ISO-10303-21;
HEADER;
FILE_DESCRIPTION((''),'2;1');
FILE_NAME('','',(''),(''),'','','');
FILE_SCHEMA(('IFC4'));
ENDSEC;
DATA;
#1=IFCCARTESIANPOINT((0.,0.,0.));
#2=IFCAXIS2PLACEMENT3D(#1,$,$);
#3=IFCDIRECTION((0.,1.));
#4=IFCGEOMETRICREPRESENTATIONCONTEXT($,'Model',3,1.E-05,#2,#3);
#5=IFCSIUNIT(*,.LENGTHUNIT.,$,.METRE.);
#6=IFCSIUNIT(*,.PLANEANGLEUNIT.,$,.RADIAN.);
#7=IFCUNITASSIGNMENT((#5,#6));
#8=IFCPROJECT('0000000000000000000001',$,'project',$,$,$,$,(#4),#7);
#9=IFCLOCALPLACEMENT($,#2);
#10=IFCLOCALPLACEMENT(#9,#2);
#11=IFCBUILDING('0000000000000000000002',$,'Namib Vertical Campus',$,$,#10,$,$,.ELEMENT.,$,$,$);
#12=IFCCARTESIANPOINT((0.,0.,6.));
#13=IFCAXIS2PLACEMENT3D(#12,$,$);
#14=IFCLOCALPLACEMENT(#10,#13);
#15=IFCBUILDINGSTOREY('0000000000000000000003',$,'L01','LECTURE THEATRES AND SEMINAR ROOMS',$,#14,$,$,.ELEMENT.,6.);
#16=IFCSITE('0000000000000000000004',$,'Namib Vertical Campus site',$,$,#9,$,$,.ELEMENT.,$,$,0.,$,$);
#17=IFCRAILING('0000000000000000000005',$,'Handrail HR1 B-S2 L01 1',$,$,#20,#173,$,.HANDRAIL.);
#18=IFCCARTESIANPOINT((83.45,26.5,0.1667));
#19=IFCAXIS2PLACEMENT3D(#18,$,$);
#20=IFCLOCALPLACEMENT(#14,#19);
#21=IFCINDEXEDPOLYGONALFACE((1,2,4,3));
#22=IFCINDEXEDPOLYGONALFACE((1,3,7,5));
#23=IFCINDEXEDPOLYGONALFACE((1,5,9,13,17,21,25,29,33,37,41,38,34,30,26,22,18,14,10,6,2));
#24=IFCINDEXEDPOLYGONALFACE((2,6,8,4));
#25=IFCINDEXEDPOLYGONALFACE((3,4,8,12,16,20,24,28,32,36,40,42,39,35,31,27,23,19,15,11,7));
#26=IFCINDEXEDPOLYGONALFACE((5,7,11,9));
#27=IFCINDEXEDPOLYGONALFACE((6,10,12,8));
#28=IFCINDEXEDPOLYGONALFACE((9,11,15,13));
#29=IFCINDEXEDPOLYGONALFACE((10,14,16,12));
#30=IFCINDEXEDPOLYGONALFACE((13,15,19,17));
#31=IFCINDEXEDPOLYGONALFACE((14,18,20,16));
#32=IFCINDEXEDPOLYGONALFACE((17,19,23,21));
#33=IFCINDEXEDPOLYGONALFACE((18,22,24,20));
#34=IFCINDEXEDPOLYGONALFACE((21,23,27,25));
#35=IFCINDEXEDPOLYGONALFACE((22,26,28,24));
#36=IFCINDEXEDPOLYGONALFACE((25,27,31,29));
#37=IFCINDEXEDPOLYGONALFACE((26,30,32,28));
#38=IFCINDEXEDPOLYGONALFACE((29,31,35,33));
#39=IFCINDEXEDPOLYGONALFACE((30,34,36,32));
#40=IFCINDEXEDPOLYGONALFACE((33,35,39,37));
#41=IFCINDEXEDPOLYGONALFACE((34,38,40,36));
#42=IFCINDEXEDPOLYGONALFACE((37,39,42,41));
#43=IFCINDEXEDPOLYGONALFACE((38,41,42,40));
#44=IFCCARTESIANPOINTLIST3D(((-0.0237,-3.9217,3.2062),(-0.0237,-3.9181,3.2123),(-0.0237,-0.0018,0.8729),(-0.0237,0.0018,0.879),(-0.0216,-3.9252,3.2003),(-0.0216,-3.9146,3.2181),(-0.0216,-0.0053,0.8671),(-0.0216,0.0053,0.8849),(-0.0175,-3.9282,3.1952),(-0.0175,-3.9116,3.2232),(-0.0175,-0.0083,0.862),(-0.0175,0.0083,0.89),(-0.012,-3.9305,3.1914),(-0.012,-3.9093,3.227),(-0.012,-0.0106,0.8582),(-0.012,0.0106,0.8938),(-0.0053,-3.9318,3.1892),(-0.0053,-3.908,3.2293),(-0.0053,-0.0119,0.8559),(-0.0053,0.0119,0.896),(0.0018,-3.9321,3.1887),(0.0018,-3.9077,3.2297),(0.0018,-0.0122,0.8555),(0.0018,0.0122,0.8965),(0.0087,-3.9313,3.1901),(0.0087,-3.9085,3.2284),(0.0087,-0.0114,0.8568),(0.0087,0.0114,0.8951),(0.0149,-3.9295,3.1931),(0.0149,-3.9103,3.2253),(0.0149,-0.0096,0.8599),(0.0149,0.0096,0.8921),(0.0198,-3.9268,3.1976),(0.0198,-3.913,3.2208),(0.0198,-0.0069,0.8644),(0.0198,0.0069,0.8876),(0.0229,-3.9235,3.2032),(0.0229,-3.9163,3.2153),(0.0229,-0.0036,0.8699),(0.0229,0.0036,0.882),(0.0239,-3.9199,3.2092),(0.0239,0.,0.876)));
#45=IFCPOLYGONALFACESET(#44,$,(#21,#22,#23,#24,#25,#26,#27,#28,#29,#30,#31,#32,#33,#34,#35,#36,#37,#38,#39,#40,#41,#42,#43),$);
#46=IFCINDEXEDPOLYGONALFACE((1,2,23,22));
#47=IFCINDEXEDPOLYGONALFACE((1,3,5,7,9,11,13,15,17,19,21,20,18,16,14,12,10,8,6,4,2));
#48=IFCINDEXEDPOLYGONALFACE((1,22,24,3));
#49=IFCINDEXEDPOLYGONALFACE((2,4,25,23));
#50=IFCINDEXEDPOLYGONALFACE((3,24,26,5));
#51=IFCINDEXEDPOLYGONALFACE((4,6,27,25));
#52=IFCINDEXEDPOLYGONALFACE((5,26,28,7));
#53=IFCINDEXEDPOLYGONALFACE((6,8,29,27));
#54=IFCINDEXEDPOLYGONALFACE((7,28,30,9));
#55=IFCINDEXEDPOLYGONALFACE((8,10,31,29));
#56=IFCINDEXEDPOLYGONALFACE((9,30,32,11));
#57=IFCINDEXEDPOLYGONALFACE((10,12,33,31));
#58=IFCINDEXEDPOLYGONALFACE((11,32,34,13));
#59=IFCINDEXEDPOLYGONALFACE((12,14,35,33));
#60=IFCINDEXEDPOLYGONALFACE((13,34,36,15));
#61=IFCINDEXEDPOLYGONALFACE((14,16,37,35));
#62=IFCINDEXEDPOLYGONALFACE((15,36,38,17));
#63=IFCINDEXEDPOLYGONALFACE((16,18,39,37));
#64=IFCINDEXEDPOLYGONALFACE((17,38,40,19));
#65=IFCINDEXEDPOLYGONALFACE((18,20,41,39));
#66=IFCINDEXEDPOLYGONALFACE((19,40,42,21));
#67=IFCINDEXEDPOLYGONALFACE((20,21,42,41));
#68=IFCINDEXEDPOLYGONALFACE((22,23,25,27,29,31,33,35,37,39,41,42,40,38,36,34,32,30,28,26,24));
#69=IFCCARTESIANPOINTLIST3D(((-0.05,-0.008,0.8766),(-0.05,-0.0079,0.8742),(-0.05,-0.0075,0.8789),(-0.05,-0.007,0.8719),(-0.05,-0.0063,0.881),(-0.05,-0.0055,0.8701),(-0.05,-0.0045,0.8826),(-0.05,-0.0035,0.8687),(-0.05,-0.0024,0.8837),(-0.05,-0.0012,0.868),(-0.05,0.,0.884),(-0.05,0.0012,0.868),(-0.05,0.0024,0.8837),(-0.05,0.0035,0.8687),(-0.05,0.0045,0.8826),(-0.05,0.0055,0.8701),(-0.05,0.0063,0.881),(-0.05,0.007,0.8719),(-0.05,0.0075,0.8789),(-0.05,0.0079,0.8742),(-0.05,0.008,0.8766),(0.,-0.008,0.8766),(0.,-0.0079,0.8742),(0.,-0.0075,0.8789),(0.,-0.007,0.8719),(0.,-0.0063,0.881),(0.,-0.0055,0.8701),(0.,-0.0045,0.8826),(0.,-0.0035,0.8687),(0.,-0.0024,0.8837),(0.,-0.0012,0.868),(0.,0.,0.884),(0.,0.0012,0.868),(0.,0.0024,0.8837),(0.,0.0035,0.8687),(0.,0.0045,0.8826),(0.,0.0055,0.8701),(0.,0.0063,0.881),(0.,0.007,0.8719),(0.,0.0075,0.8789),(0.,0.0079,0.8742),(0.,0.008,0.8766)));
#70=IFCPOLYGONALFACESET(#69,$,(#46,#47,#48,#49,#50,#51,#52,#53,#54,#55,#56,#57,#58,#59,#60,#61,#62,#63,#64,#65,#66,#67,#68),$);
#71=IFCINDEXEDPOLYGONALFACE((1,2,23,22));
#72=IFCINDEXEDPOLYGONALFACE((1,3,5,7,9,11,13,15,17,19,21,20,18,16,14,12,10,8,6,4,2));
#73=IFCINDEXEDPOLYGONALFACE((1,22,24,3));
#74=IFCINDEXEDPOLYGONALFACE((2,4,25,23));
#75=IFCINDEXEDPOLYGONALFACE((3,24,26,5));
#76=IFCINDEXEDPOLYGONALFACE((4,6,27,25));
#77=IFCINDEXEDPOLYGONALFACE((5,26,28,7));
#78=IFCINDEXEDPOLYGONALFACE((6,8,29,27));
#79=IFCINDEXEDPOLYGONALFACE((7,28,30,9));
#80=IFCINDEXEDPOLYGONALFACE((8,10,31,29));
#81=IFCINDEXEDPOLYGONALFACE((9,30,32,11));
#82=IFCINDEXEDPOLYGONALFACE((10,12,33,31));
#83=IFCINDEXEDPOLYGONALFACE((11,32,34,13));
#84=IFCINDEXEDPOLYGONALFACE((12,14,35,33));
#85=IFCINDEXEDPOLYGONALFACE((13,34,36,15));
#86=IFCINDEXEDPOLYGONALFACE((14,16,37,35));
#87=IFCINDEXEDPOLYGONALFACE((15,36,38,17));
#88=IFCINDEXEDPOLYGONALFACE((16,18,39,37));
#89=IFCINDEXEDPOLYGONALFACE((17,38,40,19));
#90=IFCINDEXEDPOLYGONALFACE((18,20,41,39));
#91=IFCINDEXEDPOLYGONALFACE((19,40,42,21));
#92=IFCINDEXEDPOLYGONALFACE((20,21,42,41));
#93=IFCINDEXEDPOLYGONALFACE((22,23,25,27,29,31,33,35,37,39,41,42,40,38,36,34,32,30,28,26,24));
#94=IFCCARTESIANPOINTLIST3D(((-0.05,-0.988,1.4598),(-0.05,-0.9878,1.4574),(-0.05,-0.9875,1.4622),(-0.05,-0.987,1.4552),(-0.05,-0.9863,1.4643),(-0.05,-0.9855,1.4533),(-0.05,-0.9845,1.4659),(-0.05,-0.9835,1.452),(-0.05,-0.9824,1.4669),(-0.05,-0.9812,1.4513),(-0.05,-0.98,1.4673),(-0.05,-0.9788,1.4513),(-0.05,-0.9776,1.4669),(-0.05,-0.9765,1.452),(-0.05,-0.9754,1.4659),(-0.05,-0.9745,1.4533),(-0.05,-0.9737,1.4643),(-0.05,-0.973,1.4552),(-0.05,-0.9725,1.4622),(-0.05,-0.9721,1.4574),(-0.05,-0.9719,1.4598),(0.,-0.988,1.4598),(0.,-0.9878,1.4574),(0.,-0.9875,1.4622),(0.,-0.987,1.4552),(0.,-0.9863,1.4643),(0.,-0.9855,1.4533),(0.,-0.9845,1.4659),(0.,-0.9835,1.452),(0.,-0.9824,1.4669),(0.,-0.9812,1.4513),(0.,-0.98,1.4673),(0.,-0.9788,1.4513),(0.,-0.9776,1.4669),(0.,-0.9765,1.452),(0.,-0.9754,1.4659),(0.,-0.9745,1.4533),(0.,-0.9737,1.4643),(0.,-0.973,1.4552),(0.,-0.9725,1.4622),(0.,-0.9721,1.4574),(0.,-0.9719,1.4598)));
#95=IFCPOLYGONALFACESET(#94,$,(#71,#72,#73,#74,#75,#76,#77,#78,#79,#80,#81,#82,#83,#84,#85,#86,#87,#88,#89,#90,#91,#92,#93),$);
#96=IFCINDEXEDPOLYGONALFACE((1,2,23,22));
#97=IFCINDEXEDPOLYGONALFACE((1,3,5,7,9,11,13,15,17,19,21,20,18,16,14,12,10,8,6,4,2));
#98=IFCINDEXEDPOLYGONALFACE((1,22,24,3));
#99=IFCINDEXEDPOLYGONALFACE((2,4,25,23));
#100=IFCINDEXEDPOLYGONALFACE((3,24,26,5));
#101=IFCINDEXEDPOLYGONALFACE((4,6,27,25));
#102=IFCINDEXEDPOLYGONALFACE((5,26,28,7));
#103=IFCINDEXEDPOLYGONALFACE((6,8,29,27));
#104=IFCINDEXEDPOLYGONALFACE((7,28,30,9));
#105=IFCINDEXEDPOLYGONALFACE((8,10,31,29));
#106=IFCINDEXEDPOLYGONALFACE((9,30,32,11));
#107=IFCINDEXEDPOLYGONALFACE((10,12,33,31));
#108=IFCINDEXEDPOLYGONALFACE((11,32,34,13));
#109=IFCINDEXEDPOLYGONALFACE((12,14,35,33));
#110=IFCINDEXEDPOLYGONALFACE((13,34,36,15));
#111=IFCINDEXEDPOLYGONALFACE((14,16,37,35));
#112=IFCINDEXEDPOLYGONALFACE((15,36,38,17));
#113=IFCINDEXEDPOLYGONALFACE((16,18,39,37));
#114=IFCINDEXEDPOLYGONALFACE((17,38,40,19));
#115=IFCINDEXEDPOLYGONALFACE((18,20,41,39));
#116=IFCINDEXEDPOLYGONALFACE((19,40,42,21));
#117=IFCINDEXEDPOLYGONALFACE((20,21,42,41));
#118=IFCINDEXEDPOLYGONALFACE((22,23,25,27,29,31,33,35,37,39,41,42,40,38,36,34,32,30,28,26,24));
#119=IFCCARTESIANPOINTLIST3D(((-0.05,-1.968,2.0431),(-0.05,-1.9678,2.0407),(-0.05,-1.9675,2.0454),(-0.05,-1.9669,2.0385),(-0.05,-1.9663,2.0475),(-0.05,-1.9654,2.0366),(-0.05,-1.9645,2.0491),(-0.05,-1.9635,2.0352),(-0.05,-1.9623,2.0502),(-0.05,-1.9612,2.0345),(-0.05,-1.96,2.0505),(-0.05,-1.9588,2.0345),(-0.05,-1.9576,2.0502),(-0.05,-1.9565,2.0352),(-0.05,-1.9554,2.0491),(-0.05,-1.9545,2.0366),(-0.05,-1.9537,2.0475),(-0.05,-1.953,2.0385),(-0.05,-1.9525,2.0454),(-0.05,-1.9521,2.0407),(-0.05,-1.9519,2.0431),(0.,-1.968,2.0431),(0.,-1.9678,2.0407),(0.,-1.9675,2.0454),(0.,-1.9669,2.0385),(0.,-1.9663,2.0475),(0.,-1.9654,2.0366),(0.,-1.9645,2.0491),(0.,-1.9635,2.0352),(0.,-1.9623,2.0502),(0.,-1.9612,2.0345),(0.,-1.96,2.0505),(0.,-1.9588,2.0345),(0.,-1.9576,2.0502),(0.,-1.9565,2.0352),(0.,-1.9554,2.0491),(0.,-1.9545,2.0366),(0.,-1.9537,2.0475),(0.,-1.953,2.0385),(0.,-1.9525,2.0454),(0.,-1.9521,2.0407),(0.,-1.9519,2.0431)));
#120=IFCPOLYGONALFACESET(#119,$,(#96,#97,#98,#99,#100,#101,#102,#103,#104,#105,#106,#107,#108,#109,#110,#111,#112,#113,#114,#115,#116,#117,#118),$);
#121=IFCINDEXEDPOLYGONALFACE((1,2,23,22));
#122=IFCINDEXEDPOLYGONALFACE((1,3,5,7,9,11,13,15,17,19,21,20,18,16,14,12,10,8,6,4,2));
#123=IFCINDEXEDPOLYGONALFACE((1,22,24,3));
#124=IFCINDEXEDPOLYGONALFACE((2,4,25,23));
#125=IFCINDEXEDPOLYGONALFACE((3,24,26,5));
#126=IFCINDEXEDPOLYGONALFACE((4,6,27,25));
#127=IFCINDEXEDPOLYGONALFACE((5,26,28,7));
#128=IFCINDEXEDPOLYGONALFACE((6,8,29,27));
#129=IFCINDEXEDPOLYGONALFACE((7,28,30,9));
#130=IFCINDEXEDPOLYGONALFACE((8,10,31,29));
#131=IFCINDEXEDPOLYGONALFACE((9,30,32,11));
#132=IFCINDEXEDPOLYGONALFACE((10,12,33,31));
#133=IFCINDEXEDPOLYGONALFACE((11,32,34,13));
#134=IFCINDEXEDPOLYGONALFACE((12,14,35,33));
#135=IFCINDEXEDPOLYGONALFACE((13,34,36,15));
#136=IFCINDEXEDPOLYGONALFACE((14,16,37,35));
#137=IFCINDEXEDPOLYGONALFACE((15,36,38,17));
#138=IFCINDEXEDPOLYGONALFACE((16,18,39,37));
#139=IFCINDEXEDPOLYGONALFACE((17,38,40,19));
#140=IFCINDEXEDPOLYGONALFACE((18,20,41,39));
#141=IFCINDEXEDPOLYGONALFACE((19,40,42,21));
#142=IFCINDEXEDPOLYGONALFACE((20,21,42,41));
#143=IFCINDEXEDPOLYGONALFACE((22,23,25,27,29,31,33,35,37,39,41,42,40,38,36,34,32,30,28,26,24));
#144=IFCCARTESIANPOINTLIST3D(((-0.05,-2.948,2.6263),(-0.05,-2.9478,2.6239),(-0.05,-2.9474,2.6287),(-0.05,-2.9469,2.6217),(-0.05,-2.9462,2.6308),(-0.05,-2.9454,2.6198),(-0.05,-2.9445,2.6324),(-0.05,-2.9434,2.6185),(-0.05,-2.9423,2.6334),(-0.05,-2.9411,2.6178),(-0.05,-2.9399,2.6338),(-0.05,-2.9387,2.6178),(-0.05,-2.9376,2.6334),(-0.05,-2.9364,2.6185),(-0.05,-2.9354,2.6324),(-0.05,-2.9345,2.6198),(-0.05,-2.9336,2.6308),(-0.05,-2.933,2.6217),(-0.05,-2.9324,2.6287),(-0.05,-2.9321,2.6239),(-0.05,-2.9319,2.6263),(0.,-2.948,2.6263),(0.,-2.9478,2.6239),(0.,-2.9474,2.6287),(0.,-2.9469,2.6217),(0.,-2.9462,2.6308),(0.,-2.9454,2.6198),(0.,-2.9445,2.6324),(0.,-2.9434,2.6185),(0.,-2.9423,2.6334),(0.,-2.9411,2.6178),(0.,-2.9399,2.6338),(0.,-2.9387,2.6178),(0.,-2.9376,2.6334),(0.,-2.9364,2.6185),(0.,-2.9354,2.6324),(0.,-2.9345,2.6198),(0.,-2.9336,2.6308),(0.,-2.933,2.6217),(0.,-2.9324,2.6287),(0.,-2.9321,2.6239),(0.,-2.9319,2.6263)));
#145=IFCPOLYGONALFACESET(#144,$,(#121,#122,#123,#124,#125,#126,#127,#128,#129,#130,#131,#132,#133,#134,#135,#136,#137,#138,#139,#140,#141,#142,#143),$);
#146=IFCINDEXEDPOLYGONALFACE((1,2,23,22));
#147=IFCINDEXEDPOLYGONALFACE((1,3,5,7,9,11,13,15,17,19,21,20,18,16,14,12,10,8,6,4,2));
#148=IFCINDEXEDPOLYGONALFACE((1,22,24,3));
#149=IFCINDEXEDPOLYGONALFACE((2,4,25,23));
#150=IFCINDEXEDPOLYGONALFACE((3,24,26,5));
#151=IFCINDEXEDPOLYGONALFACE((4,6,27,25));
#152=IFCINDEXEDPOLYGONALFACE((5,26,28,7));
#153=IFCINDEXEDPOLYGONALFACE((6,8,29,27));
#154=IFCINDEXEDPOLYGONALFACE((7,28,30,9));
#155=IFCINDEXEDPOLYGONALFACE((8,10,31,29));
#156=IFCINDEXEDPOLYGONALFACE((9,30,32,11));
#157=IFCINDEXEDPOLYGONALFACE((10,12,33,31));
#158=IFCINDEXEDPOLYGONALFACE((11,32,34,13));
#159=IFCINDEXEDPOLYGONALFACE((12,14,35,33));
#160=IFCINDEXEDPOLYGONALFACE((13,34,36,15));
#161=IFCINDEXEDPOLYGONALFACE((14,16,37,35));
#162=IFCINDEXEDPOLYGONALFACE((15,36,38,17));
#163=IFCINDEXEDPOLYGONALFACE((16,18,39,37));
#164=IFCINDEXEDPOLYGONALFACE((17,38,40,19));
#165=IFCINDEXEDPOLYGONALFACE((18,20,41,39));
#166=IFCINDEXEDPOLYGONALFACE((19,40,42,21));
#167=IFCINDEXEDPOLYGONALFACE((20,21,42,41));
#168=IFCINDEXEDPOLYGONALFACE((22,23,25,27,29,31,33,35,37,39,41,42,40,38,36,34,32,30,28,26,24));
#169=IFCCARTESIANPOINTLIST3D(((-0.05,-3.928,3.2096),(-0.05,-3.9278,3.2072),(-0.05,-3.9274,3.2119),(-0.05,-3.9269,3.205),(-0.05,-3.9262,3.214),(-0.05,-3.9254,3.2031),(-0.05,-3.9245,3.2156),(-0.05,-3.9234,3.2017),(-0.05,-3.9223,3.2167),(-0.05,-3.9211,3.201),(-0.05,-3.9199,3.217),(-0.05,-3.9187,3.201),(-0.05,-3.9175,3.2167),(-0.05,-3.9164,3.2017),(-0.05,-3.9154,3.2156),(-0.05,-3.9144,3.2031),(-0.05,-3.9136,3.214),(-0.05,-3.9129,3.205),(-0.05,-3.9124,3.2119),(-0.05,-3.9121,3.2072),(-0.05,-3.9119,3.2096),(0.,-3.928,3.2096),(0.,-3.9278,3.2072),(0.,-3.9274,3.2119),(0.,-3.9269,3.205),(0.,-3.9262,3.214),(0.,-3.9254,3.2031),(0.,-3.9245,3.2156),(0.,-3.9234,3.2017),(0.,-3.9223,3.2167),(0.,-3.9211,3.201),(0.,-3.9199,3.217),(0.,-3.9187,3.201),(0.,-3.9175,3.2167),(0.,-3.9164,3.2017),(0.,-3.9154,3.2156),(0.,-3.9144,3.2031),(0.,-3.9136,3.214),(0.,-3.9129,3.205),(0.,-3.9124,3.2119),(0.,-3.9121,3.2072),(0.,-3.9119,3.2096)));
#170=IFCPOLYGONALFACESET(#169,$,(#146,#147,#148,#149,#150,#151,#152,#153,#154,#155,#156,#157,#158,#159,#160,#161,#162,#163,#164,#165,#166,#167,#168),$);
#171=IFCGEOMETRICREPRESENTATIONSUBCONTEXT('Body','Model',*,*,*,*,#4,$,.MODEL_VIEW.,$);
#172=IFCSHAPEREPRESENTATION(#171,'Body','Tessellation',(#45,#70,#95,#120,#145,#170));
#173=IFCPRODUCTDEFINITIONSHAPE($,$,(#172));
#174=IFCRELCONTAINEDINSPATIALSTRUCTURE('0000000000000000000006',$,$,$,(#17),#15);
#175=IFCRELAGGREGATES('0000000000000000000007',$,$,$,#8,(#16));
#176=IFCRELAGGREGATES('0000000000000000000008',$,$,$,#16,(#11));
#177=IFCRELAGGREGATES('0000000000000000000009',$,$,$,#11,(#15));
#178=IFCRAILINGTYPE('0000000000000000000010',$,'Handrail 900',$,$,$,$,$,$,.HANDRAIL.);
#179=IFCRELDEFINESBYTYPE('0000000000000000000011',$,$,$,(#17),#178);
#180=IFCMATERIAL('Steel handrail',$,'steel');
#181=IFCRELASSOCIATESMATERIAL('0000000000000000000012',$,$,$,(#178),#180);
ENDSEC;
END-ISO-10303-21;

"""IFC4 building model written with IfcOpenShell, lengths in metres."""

from ifc_helpers import new_model, si_unit, direction, frame, origin, origin_2d, place, context, subcontext, project, spatial, circle, extrude, material, type_object, element, save


model = new_model("IFC4")

# Units and contexts
model_context = context("Model", 3, precision=1e-05, world=origin(), true_north=direction((0.0, 1.0)))
body_context = subcontext(model_context, "Body", "Model", "MODEL_VIEW")
ifc_project = project(units=[si_unit("LENGTHUNIT", "METRE"), si_unit("PLANEANGLEUNIT", "RADIAN")], contexts=[model_context])

# Site, building, storey
site_placement = place(None, origin())
site = spatial("IfcSite", under=ifc_project, at=site_placement, Name="Namib Vertical Campus site", CompositionType="ELEMENT", RefElevation=0.0)
building_placement = place(site_placement, origin())
building = spatial("IfcBuilding", under=site, at=building_placement, Name="Namib Vertical Campus", CompositionType="ELEMENT")
storey_placement = place(building_placement, frame((0.0, 0.0, 6.0)))
storey = spatial("IfcBuildingStorey", under=building, at=storey_placement, Name="L01", Description="LECTURE THEATRES AND SEMINAR ROOMS", CompositionType="ELEMENT", Elevation=6.0)

# Railing
ifc_material_1 = material(Name="Steel handrail", Category="steel")
railing_type_1 = type_object("IfcRailingType", Name="Handrail 900", PredefinedType="HANDRAIL", material=ifc_material_1)
railing_1_placement = place(storey_placement, frame((83.45, 26.5, 0.1667)))
element("IfcRailing", 1, at=railing_1_placement, inside=storey, type_object=railing_type_1, Name="Handrail HR1 B-S2 L01 1", PredefinedType="HANDRAIL", context=body_context, shape_type="SweptSolid", body=[
    extrude(circle(Radius=0.0239, at=origin_2d()), frame((0.0, 0.0, 0.876), z_axis=(0.0, -0.859296, 0.511478), x_axis=(1.0, 0.0, 0.0)), (0.0, 0.0, 1.0), 4.5618),
    extrude(circle(Radius=0.0081, at=origin_2d()), frame((0.0, 0.0, 0.876), z_axis=(-1.0, 0.0, 0.0), x_axis=(0.0, 0.0, 1.0)), (0.0, 0.0, 1.0), 0.05),
    extrude(circle(Radius=0.0081, at=origin_2d()), frame((0.0, -0.98, 1.4592), z_axis=(-1.0, 0.0, 0.0), x_axis=(0.0, 0.0, 1.0)), (0.0, 0.0, 1.0), 0.05),
    extrude(circle(Radius=0.0081, at=origin_2d()), frame((0.0, -1.96, 2.0425), z_axis=(-1.0, 0.0, 0.0), x_axis=(0.0, 0.0, 1.0)), (0.0, 0.0, 1.0), 0.05),
    extrude(circle(Radius=0.0081, at=origin_2d()), frame((0.0, -2.9399, 2.6257), z_axis=(-1.0, 0.0, 0.0), x_axis=(0.0, 0.0, 1.0)), (0.0, 0.0, 1.0), 0.05),
    extrude(circle(Radius=0.0081, at=origin_2d()), frame((0.0, -3.9199, 3.209), z_axis=(-1.0, 0.0, 0.0), x_axis=(0.0, 0.0, 1.0)), (0.0, 0.0, 1.0), 0.05),
])

save(model, "model.ifc")
